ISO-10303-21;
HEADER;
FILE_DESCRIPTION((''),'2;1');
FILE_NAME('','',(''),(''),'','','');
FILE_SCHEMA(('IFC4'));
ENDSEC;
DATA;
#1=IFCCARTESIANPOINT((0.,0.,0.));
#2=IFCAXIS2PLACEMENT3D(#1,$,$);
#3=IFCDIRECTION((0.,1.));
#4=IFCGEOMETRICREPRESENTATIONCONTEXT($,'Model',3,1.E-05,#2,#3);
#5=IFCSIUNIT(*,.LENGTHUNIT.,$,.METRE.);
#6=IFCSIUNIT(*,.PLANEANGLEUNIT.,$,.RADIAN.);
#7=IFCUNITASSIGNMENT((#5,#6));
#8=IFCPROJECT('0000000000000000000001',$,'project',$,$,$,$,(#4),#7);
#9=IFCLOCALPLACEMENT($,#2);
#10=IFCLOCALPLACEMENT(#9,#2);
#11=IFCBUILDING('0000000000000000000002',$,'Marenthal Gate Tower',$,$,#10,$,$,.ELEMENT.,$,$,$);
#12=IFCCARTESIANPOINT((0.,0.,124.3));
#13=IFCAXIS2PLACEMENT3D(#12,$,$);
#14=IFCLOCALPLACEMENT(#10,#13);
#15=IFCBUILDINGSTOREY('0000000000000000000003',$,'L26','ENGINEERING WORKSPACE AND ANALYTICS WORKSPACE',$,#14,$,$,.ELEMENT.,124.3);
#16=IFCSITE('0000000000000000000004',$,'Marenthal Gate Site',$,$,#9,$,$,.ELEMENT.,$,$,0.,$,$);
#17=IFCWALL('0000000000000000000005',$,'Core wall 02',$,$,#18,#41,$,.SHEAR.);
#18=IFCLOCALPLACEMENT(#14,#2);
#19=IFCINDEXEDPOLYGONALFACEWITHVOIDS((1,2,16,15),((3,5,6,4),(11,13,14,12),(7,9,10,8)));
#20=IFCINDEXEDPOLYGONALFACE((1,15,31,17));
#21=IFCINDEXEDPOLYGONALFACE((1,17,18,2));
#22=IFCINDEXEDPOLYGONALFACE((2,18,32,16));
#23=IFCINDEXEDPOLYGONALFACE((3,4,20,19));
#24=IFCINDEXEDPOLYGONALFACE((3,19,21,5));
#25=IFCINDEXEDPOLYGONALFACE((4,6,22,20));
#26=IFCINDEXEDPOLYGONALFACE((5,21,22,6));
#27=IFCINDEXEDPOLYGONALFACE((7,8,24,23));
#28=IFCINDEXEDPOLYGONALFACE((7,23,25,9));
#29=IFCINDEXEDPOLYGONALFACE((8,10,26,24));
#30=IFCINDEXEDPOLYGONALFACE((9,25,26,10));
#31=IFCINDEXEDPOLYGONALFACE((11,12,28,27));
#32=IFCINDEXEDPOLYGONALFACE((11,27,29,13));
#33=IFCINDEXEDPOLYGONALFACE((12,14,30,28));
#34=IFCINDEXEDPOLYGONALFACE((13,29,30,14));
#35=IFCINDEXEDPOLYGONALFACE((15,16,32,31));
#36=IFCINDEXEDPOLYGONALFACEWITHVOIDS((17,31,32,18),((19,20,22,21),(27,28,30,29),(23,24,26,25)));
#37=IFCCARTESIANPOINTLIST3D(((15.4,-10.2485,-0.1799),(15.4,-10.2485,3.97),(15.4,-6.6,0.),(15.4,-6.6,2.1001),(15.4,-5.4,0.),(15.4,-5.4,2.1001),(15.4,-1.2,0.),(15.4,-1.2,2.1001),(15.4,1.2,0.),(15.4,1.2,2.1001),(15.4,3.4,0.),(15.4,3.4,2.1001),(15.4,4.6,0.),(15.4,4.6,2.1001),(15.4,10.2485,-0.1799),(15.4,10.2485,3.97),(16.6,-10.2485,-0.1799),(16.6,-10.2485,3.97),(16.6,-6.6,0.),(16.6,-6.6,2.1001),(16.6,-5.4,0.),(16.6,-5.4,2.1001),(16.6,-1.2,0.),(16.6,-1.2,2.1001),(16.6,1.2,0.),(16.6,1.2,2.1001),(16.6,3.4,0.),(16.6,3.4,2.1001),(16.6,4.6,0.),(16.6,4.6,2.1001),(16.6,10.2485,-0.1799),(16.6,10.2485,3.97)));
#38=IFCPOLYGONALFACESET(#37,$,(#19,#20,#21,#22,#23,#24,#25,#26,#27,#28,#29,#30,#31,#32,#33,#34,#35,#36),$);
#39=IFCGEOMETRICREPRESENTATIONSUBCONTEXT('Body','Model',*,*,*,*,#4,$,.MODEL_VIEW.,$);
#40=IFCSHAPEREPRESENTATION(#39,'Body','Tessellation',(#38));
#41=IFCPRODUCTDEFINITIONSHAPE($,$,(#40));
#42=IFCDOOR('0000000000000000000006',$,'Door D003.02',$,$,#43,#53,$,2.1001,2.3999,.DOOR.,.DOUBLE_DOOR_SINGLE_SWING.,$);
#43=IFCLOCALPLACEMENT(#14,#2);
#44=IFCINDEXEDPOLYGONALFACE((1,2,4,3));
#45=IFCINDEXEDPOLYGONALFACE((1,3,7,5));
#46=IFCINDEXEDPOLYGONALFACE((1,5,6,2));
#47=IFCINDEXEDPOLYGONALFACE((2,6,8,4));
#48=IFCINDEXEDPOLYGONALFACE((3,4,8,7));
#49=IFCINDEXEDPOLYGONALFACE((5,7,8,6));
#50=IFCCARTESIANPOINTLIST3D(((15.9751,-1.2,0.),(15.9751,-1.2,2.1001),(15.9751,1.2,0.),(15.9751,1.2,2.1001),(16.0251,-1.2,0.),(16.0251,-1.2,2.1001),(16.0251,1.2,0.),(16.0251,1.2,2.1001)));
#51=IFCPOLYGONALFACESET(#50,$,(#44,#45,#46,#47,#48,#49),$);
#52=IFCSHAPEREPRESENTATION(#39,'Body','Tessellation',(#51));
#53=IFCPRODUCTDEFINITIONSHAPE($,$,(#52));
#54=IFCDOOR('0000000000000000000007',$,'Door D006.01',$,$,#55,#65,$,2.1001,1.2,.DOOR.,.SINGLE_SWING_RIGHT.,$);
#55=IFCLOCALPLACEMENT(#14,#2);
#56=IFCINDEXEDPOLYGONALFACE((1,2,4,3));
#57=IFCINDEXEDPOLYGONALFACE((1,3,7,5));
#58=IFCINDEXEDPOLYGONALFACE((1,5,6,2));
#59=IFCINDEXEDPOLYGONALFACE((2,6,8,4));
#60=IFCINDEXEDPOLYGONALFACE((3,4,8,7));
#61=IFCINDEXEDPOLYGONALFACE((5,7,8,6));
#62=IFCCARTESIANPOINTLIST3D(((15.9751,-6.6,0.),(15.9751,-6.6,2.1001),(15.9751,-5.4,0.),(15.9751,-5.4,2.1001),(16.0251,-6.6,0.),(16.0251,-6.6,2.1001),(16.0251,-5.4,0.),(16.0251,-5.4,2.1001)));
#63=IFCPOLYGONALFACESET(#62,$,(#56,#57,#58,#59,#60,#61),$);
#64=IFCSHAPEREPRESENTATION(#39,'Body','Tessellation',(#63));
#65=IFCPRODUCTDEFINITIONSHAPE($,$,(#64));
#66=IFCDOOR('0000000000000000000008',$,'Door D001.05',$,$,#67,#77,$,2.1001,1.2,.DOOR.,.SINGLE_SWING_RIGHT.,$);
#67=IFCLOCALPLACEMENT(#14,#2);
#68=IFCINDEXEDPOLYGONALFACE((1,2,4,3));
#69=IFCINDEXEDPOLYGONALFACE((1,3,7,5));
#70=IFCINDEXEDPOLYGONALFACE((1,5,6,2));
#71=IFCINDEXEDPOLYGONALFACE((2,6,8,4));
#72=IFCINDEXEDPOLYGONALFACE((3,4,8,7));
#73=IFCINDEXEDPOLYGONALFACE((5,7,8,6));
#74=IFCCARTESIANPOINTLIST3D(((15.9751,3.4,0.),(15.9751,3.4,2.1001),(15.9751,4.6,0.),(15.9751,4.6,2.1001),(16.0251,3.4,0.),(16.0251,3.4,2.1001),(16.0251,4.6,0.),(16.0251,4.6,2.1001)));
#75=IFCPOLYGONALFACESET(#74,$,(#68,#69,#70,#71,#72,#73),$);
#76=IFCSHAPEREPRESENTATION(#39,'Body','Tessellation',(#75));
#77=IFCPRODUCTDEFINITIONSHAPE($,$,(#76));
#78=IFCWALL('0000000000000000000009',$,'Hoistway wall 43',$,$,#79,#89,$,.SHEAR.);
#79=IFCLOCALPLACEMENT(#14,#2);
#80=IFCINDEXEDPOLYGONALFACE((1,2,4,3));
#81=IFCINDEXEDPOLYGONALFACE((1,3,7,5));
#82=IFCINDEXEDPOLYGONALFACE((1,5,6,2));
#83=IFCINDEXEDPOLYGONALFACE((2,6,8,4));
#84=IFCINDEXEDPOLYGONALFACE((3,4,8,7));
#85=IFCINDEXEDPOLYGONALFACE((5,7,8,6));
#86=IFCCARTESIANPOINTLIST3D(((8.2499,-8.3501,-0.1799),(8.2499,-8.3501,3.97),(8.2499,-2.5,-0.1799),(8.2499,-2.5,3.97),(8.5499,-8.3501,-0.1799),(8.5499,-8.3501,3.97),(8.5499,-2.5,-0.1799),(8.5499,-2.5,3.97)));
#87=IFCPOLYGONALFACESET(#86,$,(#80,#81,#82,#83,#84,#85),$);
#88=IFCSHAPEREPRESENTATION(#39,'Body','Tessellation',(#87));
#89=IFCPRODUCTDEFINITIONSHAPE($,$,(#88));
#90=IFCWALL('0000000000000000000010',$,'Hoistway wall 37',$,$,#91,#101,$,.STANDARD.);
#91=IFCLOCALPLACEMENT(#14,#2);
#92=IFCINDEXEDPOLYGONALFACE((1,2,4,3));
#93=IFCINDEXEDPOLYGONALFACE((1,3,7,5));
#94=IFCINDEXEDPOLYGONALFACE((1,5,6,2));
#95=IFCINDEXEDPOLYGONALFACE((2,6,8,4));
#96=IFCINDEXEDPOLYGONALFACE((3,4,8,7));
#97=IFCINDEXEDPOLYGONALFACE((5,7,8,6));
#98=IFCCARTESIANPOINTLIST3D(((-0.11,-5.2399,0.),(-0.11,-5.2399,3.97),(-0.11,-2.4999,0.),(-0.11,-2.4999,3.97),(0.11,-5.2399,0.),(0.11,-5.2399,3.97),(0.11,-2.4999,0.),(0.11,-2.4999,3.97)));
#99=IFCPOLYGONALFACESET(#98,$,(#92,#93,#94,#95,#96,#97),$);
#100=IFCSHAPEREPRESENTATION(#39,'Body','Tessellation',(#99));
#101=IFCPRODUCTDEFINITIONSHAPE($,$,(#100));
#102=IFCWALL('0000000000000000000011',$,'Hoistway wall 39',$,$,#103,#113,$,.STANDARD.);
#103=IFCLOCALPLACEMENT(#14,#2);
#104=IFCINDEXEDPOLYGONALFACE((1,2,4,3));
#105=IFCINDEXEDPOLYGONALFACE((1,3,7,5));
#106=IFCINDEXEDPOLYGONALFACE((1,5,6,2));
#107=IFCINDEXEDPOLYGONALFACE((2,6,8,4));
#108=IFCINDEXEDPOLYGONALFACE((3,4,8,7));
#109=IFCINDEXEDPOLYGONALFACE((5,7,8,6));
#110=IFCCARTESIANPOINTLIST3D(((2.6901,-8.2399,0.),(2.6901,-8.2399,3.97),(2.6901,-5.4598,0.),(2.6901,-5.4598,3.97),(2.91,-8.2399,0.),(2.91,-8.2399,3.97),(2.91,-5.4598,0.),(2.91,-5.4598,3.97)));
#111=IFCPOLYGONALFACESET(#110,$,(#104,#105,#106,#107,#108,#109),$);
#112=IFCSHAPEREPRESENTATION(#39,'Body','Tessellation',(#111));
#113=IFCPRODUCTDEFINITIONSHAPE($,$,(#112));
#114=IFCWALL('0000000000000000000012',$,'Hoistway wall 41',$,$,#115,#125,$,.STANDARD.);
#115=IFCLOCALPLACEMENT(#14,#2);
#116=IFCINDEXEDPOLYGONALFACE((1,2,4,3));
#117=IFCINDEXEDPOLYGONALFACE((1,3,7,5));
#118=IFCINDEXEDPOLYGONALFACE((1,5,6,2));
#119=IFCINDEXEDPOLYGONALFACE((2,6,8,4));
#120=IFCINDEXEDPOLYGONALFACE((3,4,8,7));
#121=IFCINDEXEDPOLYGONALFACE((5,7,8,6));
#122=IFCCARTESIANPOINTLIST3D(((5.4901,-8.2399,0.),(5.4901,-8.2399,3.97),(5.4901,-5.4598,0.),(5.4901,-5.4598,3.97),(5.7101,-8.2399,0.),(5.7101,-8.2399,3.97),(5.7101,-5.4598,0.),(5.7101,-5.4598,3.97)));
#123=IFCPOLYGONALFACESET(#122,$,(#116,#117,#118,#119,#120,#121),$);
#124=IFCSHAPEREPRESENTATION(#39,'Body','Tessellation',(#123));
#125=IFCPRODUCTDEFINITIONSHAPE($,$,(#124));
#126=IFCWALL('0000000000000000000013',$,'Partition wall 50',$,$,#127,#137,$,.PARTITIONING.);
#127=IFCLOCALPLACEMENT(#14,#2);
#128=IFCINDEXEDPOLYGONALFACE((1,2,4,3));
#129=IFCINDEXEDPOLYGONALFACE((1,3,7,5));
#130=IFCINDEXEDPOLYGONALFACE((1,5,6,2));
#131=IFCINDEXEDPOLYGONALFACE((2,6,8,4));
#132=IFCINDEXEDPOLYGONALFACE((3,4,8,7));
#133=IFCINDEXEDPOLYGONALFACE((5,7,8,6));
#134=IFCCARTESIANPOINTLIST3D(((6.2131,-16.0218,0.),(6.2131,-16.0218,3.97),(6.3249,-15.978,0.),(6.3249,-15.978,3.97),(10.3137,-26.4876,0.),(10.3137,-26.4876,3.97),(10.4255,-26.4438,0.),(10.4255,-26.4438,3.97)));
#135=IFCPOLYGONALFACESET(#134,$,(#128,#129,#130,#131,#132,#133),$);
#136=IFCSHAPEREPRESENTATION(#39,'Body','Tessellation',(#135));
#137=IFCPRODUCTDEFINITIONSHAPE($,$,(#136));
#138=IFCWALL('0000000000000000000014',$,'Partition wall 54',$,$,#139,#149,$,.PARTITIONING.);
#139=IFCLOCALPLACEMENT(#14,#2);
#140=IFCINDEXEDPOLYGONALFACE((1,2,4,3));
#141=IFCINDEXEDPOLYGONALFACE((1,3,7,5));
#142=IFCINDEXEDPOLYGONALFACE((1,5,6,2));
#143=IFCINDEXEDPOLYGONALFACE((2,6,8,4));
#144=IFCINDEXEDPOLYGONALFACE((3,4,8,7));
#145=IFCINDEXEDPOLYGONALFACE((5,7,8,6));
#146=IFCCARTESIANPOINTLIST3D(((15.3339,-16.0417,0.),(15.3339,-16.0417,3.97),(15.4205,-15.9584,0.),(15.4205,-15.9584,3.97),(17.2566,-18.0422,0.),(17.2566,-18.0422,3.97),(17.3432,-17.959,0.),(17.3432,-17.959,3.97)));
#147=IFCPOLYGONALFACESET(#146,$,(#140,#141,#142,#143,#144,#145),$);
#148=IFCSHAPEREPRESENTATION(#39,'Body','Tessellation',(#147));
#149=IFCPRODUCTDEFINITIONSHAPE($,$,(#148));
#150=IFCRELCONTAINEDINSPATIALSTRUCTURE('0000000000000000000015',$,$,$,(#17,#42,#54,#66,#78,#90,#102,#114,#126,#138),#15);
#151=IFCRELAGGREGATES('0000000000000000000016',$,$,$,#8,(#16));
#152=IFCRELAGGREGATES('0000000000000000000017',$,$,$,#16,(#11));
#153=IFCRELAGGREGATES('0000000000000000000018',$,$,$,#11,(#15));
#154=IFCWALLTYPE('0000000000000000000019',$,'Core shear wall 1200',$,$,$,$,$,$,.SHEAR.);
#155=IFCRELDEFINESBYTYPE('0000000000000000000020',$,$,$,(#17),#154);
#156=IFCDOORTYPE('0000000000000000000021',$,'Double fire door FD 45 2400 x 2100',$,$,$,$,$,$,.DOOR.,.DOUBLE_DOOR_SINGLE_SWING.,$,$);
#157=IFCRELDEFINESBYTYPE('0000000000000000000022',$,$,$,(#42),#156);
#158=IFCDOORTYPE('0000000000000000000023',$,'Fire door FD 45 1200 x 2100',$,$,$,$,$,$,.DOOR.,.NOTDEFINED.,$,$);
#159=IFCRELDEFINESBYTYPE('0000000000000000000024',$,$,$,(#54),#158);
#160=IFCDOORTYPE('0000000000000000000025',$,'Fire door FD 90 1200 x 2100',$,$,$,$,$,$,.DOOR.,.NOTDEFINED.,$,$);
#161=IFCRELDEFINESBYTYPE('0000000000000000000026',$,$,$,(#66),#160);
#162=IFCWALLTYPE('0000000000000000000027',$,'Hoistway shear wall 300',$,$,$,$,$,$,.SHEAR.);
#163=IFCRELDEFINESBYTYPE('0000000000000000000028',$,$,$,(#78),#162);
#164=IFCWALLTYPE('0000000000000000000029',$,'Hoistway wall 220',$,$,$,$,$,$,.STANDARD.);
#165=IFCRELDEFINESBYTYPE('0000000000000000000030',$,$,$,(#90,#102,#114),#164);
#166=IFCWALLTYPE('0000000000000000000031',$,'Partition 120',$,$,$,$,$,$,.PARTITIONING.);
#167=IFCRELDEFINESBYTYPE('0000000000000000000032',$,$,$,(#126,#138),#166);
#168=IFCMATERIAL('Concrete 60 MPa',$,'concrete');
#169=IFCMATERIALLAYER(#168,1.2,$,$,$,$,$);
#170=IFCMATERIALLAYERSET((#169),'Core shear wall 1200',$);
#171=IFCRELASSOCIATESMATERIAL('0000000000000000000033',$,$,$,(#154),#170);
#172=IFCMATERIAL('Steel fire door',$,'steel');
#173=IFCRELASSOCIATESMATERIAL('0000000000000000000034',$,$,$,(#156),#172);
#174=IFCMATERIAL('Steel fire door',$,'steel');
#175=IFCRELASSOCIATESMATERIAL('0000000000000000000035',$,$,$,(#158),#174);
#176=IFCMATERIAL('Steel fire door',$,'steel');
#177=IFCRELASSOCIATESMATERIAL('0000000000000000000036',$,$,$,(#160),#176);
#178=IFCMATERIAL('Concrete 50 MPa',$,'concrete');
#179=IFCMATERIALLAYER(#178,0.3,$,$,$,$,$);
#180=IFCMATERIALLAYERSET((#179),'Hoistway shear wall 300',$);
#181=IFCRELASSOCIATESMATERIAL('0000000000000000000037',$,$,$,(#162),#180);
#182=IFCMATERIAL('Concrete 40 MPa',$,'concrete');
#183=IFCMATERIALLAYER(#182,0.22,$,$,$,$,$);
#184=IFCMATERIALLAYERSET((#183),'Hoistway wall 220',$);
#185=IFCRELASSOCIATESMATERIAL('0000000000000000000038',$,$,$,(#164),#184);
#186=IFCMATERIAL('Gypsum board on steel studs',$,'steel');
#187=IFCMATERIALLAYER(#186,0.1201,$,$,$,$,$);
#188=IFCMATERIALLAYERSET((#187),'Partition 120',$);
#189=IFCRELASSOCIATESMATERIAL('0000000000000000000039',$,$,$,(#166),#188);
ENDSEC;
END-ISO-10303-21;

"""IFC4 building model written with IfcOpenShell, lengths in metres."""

from ifc_helpers import new_model, si_unit, direction, frame, frame_2d, origin, place, context, subcontext, project, spatial, rectangle, extrude, material, layer, layer_set, type_object, element, fill, save


model = new_model("IFC4")

# Units and contexts
model_context = context("Model", 3, precision=1e-05, world=origin(), true_north=direction((0.0, 1.0)))
body_context = subcontext(model_context, "Body", "Model", "MODEL_VIEW")
ifc_project = project(units=[si_unit("LENGTHUNIT", "METRE"), si_unit("PLANEANGLEUNIT", "RADIAN")], contexts=[model_context])

# Site, building, storey
site_placement = place(None, origin())
site = spatial("IfcSite", under=ifc_project, at=site_placement, Name="Marenthal Gate Site", CompositionType="ELEMENT", RefElevation=0.0)
building_placement = place(site_placement, origin())
building = spatial("IfcBuilding", under=site, at=building_placement, Name="Marenthal Gate Tower", CompositionType="ELEMENT")
storey_placement = place(building_placement, frame((0.0, 0.0, 124.3)))
storey = spatial("IfcBuildingStorey", under=building, at=storey_placement, Name="L26", Description="ENGINEERING WORKSPACE AND ANALYTICS WORKSPACE", CompositionType="ELEMENT", Elevation=124.3)

# Shared definitions
ifc_material_1 = material(Name="Concrete 60 MPa", Category="concrete")
ifc_layer_1 = layer(ifc_material_1, 1.2)
ifc_layer_set_1 = layer_set([ifc_layer_1], Name="Core shear wall 1200")
wall_type_1 = type_object("IfcWallType", Name="Core shear wall 1200", PredefinedType="SHEAR", material=ifc_layer_set_1)

# Wall, openings, doors
wall_1_placement = place(storey_placement, frame((16.0, -10.2485, -0.1799), z_axis=(0.0, 0.0, 1.0), x_axis=(0.0, 1.0, 0.0)))
wall_1 = element("IfcWall", 1, at=wall_1_placement, inside=storey, type_object=wall_type_1, Name="Core wall 02", PredefinedType="SHEAR", context=body_context, shape_type="SweptSolid", body=[
    extrude(rectangle(XDim=20.4971, YDim=1.2, at=frame_2d((10.2485, 0.0))), origin(), (0.0, 0.0, 1.0), 4.1499),
])
opening_1_placement = place(wall_1_placement, frame((9.0486, 0.0, 0.1799)))
opening_1 = element("IfcOpeningElement", 2, at=opening_1_placement, cuts=wall_1, PredefinedType="OPENING", context=body_context, shape_type="SweptSolid", body=[
    extrude(rectangle(XDim=2.3999, YDim=2.1001, at=frame_2d((1.2, 1.05))), frame((0.0, 0.6099, 0.0), z_axis=(0.0, -1.0, 0.0), x_axis=(1.0, 0.0, 0.0)), (0.0, 0.0, 1.0), 1.22),
])
opening_2_placement = place(wall_1_placement, frame((13.6484, 0.0, 0.1799)))
opening_2 = element("IfcOpeningElement", 3, at=opening_2_placement, cuts=wall_1, PredefinedType="OPENING", context=body_context, shape_type="SweptSolid", body=[
    extrude(rectangle(XDim=1.2, YDim=2.1001, at=frame_2d((0.6001, 1.05))), frame((0.0, 0.6099, 0.0), z_axis=(0.0, -1.0, 0.0), x_axis=(1.0, 0.0, 0.0)), (0.0, 0.0, 1.0), 1.22),
])
opening_3_placement = place(wall_1_placement, frame((3.6484, 0.0, 0.1799)))
opening_3 = element("IfcOpeningElement", 4, at=opening_3_placement, cuts=wall_1, PredefinedType="OPENING", context=body_context, shape_type="SweptSolid", body=[
    extrude(rectangle(XDim=1.2, YDim=2.1001, at=frame_2d((0.6001, 1.05))), frame((0.0, 0.6099, 0.0), z_axis=(0.0, -1.0, 0.0), x_axis=(1.0, 0.0, 0.0)), (0.0, 0.0, 1.0), 1.22),
])
ifc_material_2 = material(Name="Steel fire door", Category="steel")
door_type_1 = type_object("IfcDoorType", Name="Double fire door FD 45 2400 x 2100", OperationType="DOUBLE_DOOR_SINGLE_SWING", PredefinedType="DOOR", material=ifc_material_2)
door_1_placement = place(opening_1_placement, origin())
door_1 = element("IfcDoor", 5, at=door_1_placement, inside=storey, type_object=door_type_1, Name="Door D003.02", OperationType="DOUBLE_DOOR_SINGLE_SWING", OverallHeight=2.1001, OverallWidth=2.3999, PredefinedType="DOOR", context=body_context, shape_type="SweptSolid", body=[
    extrude(rectangle(XDim=2.3999, YDim=2.1001, at=frame_2d((1.2, 1.05))), frame((0.0, 0.0249, 0.0), z_axis=(0.0, -1.0, 0.0), x_axis=(1.0, 0.0, 0.0)), (0.0, 0.0, 1.0), 0.05),
])
fill(opening_1, door_1)
ifc_material_3 = material(Name="Steel fire door", Category="steel")
door_type_2 = type_object("IfcDoorType", Name="Fire door FD 45 1200 x 2100", OperationType="NOTDEFINED", PredefinedType="DOOR", material=ifc_material_3)
door_2_placement = place(opening_3_placement, origin())
door_2 = element("IfcDoor", 6, at=door_2_placement, inside=storey, type_object=door_type_2, Name="Door D006.01", OperationType="SINGLE_SWING_RIGHT", OverallHeight=2.1001, OverallWidth=1.2, PredefinedType="DOOR", context=body_context, shape_type="SweptSolid", body=[
    extrude(rectangle(XDim=1.2, YDim=2.1001, at=frame_2d((0.6001, 1.05))), frame((0.0, 0.0249, 0.0), z_axis=(0.0, -1.0, 0.0), x_axis=(1.0, 0.0, 0.0)), (0.0, 0.0, 1.0), 0.05),
])
fill(opening_3, door_2)
ifc_material_4 = material(Name="Steel fire door", Category="steel")
door_type_3 = type_object("IfcDoorType", Name="Fire door FD 90 1200 x 2100", OperationType="NOTDEFINED", PredefinedType="DOOR", material=ifc_material_4)
door_3_placement = place(opening_2_placement, origin())
door_3 = element("IfcDoor", 7, at=door_3_placement, inside=storey, type_object=door_type_3, Name="Door D001.05", OperationType="SINGLE_SWING_RIGHT", OverallHeight=2.1001, OverallWidth=1.2, PredefinedType="DOOR", context=body_context, shape_type="SweptSolid", body=[
    extrude(rectangle(XDim=1.2, YDim=2.1001, at=frame_2d((0.6001, 1.05))), frame((0.0, 0.0249, 0.0), z_axis=(0.0, -1.0, 0.0), x_axis=(1.0, 0.0, 0.0)), (0.0, 0.0, 1.0), 0.05),
])
fill(opening_2, door_3)

# Walls
ifc_material_5 = material(Name="Concrete 50 MPa", Category="concrete")
ifc_layer_2 = layer(ifc_material_5, 0.3)
ifc_layer_set_2 = layer_set([ifc_layer_2], Name="Hoistway shear wall 300")
wall_type_2 = type_object("IfcWallType", Name="Hoistway shear wall 300", PredefinedType="SHEAR", material=ifc_layer_set_2)
wall_2_placement = place(storey_placement, frame((8.3999, -8.3501, -0.1799), z_axis=(0.0, 0.0, 1.0), x_axis=(0.0, 1.0, 0.0)))
element("IfcWall", 8, at=wall_2_placement, inside=storey, type_object=wall_type_2, Name="Hoistway wall 43", PredefinedType="SHEAR", context=body_context, shape_type="SweptSolid", body=[
    extrude(rectangle(XDim=5.8501, YDim=0.3, at=frame_2d((2.925, 0.0))), origin(), (0.0, 0.0, 1.0), 4.1499),
])
ifc_material_6 = material(Name="Concrete 40 MPa", Category="concrete")
ifc_layer_3 = layer(ifc_material_6, 0.22)
ifc_layer_set_3 = layer_set([ifc_layer_3], Name="Hoistway wall 220")
wall_type_3 = type_object("IfcWallType", Name="Hoistway wall 220", PredefinedType="STANDARD", material=ifc_layer_set_3)
wall_3_placement = place(storey_placement, frame((0.0, -5.24, 0.0), z_axis=(0.0, 0.0, 1.0), x_axis=(0.0, 1.0, 0.0)))
element("IfcWall", 9, at=wall_3_placement, inside=storey, type_object=wall_type_3, Name="Hoistway wall 37", PredefinedType="STANDARD", context=body_context, shape_type="SweptSolid", body=[
    extrude(rectangle(XDim=2.74, YDim=0.22, at=frame_2d((1.3701, 0.0))), origin(), (0.0, 0.0, 1.0), 3.97),
])
for number, where, z_axis, x_axis, name in (
    (10, (2.8, -8.24, 0.0), (0.0, 0.0, 1.0), (0.0, 1.0, 0.0), "Hoistway wall 39"),
    (11, (5.6001, -8.24, 0.0), (0.0, 0.0, 1.0), (0.0, 1.0, 0.0), "Hoistway wall 41"),
):
    element("IfcWall", number, at=place(storey_placement, frame(where, z_axis=z_axis, x_axis=x_axis)), inside=storey, type_object=wall_type_3, Name=name, PredefinedType="STANDARD", context=body_context, shape_type="SweptSolid", body=[
        extrude(rectangle(XDim=2.78, YDim=0.22, at=frame_2d((1.3901, 0.0))), origin(), (0.0, 0.0, 1.0), 3.97),
    ])
ifc_material_7 = material(Name="Gypsum board on steel studs", Category="steel")
ifc_layer_4 = layer(ifc_material_7, 0.1201)
ifc_layer_set_4 = layer_set([ifc_layer_4], Name="Partition 120")
wall_type_4 = type_object("IfcWallType", Name="Partition 120", PredefinedType="PARTITIONING", material=ifc_layer_set_4)
wall_4_placement = place(storey_placement, frame((6.269, -16.0, 0.0), z_axis=(0.0, 0.0, 1.0), x_axis=(0.364806, -0.931084, 0.0)))
element("IfcWall", 12, at=wall_4_placement, inside=storey, type_object=wall_type_4, Name="Partition wall 50", PredefinedType="PARTITIONING", context=body_context, shape_type="SweptSolid", body=[
    extrude(rectangle(XDim=11.2405, YDim=0.1201, at=frame_2d((5.6201, 0.0))), origin(), (0.0, 0.0, 1.0), 3.97),
])
wall_5_placement = place(storey_placement, frame((17.2998, -18.0005, 0.0), z_axis=(0.0, 0.0, 1.0), x_axis=(-0.692933, 0.721002, 0.0)))
element("IfcWall", 13, at=wall_5_placement, inside=storey, type_object=wall_type_4, Name="Partition wall 54", PredefinedType="PARTITIONING", context=body_context, shape_type="SweptSolid", body=[
    extrude(rectangle(XDim=2.7747, YDim=0.1201, at=frame_2d((1.3872, 0.0))), origin(), (0.0, 0.0, 1.0), 3.97),
])

save(model, "model.ifc")
